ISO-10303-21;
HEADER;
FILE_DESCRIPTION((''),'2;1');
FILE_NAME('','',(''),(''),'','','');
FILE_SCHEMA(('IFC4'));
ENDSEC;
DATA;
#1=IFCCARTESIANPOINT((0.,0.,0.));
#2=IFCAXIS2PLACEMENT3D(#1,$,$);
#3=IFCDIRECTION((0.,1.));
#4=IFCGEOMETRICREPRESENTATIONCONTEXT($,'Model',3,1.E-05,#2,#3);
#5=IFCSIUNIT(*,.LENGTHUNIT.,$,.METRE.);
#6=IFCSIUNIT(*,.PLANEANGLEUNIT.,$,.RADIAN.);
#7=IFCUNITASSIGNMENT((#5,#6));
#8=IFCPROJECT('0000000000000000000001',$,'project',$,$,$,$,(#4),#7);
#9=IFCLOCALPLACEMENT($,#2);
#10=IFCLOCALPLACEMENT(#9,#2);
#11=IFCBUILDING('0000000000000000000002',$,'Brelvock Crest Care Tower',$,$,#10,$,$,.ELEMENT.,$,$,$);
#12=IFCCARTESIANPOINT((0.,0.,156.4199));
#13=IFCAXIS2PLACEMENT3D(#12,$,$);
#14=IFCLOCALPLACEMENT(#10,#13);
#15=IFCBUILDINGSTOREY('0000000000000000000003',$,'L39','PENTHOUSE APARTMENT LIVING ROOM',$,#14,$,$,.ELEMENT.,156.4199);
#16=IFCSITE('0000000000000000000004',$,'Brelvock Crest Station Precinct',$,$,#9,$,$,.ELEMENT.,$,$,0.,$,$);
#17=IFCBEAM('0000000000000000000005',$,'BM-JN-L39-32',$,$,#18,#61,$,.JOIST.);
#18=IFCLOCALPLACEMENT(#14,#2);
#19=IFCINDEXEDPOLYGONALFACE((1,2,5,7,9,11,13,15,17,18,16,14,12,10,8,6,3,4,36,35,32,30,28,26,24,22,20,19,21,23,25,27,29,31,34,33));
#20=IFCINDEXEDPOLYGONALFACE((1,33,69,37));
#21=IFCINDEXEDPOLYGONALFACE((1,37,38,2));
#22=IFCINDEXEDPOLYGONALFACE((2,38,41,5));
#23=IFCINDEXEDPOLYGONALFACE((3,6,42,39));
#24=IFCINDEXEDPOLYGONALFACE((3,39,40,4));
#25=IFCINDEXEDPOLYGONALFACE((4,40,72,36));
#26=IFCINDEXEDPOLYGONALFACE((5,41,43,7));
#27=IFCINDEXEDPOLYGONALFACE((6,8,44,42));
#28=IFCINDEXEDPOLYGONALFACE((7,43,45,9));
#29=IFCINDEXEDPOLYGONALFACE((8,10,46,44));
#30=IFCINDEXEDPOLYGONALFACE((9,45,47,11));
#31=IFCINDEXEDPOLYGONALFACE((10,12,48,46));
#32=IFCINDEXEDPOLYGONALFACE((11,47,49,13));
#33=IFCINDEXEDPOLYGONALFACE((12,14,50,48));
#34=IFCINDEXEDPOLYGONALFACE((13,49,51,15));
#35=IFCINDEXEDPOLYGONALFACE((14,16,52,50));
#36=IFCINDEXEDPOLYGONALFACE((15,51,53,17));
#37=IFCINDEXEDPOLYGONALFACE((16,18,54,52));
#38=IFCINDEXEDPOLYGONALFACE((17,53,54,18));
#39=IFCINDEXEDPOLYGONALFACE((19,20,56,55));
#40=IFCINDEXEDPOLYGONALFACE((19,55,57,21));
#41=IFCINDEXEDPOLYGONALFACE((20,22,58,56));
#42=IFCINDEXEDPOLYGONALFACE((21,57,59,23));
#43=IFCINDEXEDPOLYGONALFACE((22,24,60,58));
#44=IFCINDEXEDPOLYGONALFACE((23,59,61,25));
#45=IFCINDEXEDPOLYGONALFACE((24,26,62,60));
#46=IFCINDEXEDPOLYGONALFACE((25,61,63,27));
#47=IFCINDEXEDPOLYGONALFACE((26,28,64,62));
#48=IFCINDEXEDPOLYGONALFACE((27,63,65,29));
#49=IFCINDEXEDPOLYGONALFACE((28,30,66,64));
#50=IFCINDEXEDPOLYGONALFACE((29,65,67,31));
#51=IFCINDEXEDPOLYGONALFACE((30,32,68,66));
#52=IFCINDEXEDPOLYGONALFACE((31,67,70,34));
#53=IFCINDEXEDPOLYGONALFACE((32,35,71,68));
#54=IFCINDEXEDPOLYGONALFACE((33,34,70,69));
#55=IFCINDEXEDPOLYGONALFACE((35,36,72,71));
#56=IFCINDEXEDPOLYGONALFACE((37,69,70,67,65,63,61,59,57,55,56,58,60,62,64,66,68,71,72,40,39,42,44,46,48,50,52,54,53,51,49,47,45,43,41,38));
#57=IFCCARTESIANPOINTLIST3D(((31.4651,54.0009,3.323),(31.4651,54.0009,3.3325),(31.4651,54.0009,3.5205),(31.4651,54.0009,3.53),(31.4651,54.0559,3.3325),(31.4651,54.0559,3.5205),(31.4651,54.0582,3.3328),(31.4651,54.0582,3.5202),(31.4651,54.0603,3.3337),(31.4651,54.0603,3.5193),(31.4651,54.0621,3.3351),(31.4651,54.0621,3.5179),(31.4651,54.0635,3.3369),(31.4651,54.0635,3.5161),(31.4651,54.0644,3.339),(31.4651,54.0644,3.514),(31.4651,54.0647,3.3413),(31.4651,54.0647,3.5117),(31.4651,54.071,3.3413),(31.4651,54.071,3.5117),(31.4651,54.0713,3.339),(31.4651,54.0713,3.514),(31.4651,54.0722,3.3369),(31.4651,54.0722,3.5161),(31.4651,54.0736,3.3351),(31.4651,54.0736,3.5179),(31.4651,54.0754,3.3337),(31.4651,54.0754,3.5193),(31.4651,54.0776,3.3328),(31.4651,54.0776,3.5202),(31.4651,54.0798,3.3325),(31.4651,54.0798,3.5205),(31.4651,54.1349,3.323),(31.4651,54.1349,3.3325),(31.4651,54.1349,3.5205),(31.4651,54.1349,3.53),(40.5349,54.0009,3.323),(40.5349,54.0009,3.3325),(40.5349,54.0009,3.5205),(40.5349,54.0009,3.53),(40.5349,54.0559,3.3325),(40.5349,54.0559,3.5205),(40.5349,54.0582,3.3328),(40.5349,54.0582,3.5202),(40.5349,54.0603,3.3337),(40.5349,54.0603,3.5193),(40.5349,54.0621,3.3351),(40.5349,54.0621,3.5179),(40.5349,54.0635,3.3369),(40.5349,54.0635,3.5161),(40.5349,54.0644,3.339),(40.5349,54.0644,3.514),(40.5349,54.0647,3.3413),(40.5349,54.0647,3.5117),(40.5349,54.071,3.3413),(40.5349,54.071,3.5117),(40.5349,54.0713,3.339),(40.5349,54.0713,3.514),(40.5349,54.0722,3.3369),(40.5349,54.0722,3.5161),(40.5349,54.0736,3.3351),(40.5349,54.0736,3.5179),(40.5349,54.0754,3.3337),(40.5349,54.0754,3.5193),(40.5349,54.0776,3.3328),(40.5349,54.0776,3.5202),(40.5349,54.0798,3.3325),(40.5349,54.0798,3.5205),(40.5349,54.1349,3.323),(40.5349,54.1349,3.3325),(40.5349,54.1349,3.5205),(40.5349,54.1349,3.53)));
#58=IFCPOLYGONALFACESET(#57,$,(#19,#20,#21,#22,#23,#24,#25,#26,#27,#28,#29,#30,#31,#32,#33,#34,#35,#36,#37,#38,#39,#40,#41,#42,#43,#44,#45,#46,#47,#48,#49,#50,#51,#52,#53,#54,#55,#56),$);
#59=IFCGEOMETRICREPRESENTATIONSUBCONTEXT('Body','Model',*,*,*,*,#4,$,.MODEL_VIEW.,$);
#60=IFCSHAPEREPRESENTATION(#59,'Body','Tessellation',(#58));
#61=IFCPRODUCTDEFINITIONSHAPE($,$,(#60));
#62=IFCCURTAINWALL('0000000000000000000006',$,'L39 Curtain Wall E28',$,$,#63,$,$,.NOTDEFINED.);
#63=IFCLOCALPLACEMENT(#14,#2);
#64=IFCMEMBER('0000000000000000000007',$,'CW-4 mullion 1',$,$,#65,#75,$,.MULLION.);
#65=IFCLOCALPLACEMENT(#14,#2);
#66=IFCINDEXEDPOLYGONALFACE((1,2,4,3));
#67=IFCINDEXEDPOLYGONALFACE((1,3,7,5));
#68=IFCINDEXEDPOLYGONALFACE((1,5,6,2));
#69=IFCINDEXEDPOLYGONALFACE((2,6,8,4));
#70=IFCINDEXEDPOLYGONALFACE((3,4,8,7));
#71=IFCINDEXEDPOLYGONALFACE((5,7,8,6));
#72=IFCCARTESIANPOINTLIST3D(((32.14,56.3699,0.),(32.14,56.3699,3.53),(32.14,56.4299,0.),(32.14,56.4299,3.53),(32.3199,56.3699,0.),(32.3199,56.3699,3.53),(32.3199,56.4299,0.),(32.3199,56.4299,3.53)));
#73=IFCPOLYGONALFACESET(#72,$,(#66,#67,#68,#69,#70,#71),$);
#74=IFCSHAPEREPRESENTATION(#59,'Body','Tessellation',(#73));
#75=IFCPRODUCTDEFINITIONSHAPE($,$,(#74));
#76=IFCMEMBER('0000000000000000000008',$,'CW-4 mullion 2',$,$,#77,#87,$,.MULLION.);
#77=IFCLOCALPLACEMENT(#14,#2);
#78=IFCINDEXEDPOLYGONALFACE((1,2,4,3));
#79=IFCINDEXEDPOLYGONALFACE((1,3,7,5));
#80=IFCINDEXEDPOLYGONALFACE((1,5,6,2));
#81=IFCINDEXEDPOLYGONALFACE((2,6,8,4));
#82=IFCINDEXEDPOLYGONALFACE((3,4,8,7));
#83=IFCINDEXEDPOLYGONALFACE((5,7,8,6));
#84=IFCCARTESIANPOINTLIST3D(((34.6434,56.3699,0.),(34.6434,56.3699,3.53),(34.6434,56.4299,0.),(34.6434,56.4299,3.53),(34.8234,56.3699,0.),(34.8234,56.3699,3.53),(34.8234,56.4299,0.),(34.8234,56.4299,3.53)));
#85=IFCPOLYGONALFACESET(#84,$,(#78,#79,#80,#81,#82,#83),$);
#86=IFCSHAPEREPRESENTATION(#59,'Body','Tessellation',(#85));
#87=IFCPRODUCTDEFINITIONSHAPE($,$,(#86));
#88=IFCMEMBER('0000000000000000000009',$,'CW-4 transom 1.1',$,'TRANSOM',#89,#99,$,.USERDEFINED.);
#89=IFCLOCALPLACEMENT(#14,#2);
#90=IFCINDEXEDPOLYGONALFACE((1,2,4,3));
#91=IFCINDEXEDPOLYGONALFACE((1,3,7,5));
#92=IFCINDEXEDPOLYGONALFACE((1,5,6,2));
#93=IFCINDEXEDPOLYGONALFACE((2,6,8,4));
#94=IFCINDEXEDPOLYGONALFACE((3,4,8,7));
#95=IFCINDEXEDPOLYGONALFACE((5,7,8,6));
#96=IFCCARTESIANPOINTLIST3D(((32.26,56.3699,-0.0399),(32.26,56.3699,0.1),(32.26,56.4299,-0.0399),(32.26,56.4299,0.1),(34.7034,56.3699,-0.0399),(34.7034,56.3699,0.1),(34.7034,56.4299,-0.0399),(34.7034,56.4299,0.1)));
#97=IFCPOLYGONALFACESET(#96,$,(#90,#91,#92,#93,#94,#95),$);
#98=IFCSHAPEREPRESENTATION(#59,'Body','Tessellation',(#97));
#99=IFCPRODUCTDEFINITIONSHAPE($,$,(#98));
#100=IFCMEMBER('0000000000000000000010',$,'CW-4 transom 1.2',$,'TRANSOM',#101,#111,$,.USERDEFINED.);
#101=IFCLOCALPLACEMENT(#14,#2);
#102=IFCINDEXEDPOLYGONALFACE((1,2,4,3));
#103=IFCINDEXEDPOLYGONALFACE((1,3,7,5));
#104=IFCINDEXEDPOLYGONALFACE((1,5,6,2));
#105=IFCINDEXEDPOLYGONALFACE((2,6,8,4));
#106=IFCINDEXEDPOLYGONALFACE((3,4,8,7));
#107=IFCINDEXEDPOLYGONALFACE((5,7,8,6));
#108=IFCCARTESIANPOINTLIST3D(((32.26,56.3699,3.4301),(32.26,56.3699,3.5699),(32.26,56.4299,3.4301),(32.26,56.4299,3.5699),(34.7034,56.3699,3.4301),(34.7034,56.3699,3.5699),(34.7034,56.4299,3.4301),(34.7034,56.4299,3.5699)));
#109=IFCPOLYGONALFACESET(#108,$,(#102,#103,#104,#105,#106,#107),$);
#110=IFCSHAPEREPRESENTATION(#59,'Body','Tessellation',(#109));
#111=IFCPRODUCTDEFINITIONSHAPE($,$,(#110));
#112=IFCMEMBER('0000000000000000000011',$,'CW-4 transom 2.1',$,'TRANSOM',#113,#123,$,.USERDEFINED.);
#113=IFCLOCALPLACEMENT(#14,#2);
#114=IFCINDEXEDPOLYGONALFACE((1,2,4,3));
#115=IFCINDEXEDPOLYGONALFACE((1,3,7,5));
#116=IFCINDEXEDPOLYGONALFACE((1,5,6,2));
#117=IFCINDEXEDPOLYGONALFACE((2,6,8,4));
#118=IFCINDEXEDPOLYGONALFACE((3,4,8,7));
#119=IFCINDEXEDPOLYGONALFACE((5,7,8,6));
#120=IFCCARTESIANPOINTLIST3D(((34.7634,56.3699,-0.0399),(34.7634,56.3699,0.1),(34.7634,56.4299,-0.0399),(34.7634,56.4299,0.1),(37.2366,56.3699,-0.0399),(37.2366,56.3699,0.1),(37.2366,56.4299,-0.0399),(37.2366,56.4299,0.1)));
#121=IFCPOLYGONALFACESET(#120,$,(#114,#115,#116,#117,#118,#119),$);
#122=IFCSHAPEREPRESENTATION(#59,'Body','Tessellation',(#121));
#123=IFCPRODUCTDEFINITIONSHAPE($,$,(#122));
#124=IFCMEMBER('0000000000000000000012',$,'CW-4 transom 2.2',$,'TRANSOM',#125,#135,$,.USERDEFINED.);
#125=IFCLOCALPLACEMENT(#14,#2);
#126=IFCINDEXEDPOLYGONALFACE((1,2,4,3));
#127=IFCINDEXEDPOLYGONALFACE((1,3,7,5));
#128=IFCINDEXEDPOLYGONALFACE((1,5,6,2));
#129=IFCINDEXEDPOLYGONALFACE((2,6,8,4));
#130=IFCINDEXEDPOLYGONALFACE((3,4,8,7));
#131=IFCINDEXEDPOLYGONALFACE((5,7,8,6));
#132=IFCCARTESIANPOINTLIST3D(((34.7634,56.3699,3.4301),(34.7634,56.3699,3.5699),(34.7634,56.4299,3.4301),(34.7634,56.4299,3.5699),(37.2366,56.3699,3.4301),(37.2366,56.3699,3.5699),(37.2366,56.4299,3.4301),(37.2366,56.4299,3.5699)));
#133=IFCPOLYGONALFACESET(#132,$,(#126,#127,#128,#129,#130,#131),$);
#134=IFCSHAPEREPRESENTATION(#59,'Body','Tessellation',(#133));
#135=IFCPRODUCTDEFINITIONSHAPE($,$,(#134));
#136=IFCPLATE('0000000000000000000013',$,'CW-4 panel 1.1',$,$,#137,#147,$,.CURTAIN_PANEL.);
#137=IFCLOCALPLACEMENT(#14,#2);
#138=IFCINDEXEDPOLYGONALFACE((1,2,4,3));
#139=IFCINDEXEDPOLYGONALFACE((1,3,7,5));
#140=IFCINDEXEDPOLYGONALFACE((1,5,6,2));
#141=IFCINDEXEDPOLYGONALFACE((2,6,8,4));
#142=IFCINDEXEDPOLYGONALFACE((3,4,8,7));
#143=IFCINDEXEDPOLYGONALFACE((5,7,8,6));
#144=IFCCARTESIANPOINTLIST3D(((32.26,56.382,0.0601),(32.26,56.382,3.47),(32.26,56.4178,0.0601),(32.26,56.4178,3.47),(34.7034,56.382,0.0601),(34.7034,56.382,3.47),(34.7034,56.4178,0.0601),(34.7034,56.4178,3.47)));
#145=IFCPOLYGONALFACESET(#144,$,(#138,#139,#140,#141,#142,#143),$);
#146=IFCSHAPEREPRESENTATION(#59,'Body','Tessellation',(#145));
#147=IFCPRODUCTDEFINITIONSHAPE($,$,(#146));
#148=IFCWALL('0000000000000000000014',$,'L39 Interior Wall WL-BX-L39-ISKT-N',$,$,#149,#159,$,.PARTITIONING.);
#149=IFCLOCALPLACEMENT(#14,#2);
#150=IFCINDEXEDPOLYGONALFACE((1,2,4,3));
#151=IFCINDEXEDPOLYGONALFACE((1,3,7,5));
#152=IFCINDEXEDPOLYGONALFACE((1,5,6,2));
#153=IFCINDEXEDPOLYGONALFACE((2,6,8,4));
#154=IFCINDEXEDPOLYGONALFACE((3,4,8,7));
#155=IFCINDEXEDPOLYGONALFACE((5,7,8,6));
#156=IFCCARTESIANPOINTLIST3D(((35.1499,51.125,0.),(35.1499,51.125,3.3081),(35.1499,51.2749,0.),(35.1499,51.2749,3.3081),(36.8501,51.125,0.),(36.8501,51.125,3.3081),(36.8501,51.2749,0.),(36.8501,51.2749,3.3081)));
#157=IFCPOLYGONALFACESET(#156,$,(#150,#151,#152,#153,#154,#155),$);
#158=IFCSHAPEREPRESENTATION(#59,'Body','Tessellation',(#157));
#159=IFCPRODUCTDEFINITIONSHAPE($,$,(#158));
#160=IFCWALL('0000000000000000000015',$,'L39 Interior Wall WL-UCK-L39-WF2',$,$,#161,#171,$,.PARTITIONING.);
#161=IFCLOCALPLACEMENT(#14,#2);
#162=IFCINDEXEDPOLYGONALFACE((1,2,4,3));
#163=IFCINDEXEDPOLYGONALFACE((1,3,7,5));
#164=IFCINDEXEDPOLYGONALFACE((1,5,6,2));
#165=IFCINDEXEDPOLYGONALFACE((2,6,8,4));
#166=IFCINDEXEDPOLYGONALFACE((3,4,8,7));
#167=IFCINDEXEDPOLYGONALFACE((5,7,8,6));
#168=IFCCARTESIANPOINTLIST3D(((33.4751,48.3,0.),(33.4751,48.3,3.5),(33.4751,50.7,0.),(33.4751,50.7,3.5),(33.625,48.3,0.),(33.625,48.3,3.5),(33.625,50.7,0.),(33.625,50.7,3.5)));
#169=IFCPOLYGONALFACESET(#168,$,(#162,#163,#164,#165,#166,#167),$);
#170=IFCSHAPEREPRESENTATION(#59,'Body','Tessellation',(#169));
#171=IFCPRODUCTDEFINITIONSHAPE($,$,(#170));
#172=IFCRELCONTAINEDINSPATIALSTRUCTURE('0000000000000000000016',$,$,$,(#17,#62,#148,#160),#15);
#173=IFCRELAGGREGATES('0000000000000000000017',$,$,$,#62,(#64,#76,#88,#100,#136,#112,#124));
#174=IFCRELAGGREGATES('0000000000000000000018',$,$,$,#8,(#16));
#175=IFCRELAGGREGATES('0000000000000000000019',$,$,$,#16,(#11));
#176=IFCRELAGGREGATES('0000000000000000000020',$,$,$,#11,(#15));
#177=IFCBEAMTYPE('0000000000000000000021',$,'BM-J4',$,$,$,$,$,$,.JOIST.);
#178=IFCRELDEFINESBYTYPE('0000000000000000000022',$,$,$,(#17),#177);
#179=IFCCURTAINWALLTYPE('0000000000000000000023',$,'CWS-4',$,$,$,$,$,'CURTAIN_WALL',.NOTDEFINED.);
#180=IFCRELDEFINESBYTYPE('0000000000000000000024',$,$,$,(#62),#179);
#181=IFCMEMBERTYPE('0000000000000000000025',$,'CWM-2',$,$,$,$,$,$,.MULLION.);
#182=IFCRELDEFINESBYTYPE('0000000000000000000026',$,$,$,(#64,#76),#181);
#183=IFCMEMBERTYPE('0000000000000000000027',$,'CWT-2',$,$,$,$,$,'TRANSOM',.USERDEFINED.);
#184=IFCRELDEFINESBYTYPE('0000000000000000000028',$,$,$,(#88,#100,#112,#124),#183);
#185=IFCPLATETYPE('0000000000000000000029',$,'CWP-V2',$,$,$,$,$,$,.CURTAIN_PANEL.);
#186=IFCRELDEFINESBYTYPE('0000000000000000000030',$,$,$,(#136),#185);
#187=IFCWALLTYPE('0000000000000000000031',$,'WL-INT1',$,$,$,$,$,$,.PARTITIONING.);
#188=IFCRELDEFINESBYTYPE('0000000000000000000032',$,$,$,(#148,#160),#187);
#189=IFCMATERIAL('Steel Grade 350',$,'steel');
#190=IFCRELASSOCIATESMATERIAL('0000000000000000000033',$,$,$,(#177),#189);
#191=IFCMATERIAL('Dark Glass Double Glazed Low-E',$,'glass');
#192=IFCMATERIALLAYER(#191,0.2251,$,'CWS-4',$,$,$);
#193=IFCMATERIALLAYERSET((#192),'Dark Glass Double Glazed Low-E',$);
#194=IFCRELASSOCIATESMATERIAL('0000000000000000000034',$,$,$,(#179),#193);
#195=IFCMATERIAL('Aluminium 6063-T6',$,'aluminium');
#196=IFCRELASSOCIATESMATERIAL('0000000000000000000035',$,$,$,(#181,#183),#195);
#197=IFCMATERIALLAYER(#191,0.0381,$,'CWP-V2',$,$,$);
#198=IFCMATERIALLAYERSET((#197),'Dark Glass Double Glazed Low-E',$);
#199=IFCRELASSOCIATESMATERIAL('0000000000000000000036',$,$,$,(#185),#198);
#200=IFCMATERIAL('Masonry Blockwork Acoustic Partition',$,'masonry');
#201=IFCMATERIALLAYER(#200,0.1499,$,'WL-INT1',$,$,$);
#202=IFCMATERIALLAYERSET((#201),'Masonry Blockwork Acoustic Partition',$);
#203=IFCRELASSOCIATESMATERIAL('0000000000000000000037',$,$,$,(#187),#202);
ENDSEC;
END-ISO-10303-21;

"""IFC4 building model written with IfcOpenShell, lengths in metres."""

from ifc_helpers import new_model, si_unit, direction, frame, frame_2d, origin, origin_2d, place, context, subcontext, project, spatial, rectangle, i_section, extrude, source, transform, mapped, material, layer, layer_set, material_profile, profile_set, type_object, element, aggregate, save


model = new_model("IFC4")

# Units and contexts
model_context = context("Model", 3, precision=1e-05, world=origin(), true_north=direction((0.0, 1.0)))
body_context = subcontext(model_context, "Body", "Model", "MODEL_VIEW")
ifc_project = project(units=[si_unit("LENGTHUNIT", "METRE"), si_unit("PLANEANGLEUNIT", "RADIAN")], contexts=[model_context])

# Site, building, storey
site_placement = place(None, origin())
site = spatial("IfcSite", under=ifc_project, at=site_placement, Name="Brelvock Crest Station Precinct", CompositionType="ELEMENT", RefElevation=0.0)
building_placement = place(site_placement, origin())
building = spatial("IfcBuilding", under=site, at=building_placement, Name="Brelvock Crest Care Tower", CompositionType="ELEMENT")
storey_placement = place(building_placement, frame((0.0, 0.0, 156.4199)))
storey = spatial("IfcBuildingStorey", under=building, at=storey_placement, Name="L39", Description="PENTHOUSE APARTMENT LIVING ROOM", CompositionType="ELEMENT", Elevation=156.4199)

# Beam
ifc_material_1 = material(Name="Steel Grade 350", Category="steel")
ifc_material_profile_1 = material_profile(ifc_material_1, i_section(OverallWidth=0.134, OverallDepth=0.207, WebThickness=0.0063, FlangeThickness=0.0095, FilletRadius=0.0088, at=origin_2d()), Name="200UB29.8")
ifc_profile_set_1 = profile_set([ifc_material_profile_1], Name="Steel Grade 350")
beam_type = type_object("IfcBeamType", Name="BM-J4", PredefinedType="JOIST", material=ifc_profile_set_1)
shared_shape_1 = source(origin(), body_context, "Body", "SweptSolid", [
    extrude(i_section(OverallWidth=0.134, OverallDepth=0.207, WebThickness=0.0063, FlangeThickness=0.0095, FilletRadius=0.0088, at=origin_2d()), origin(), (0.0, 0.0, 1.0), 9.0698),
])
for number, where, z_axis, x_axis, name in (
    (1, (31.4651, 54.0679, 3.4265), (1.0, 0.0, 0.0), (0.0, 1.0, 0.0), "BM-JN-L39-32"),
):
    element("IfcBeam", number, at=place(storey_placement, frame(where, z_axis=z_axis, x_axis=x_axis)), inside=storey, type_object=beam_type, Name=name, PredefinedType="JOIST", context=body_context, shape_type="MappedRepresentation", body=[
        mapped(shared_shape_1, transform((0.0, 0.0, 0.0), x_axis=(1.0, 0.0, 0.0), y_axis=(0.0, 1.0, 0.0), z_axis=(0.0, 0.0, 1.0), scale=1.0)),
    ])

# Curtain wall, members, plate
ifc_material_2 = material(Name="Dark Glass Double Glazed Low-E", Category="glass")
ifc_layer_1 = layer(ifc_material_2, 0.2251, Name="CWS-4")
ifc_layer_set_1 = layer_set([ifc_layer_1], Name="Dark Glass Double Glazed Low-E")
curtain_wall_type = type_object("IfcCurtainWallType", Name="CWS-4", ElementType="CURTAIN_WALL", PredefinedType="NOTDEFINED", material=ifc_layer_set_1)
curtain_wall_placement = place(storey_placement, origin())
curtain_wall = element("IfcCurtainWall", 2, at=curtain_wall_placement, inside=storey, type_object=curtain_wall_type, Name="L39 Curtain Wall E28", PredefinedType="NOTDEFINED")
ifc_material_3 = material(Name="Aluminium 6063-T6", Category="aluminium")
ifc_material_profile_2 = material_profile(ifc_material_3, rectangle(XDim=0.0601, YDim=0.1799, at=origin_2d()), Name="ALU60x180")
ifc_profile_set_2 = profile_set([ifc_material_profile_2], Name="Aluminium 6063-T6")
member_type_1 = type_object("IfcMemberType", Name="CWM-2", PredefinedType="MULLION", material=ifc_profile_set_2)
shared_shape_2 = source(origin(), body_context, "Body", "SweptSolid", [
    extrude(rectangle(XDim=0.0601, YDim=0.1799, at=origin_2d()), origin(), (0.0, 0.0, 1.0), 3.53),
])
member_1_placement = place(storey_placement, frame((32.23, 56.3999, 0.0), z_axis=(0.0, 0.0, 1.0), x_axis=(0.0, 1.0, 0.0)))
member_1 = element("IfcMember", 3, at=member_1_placement, type_object=member_type_1, Name="CW-4 mullion 1", PredefinedType="MULLION", context=body_context, shape_type="MappedRepresentation", body=[
    mapped(shared_shape_2, transform((0.0, 0.0, 0.0), x_axis=(1.0, 0.0, 0.0), y_axis=(0.0, 1.0, 0.0), z_axis=(0.0, 0.0, 1.0), scale=1.0)),
])
member_2_placement = place(storey_placement, frame((34.7334, 56.3999, 0.0), z_axis=(0.0, 0.0, 1.0), x_axis=(0.0, 1.0, 0.0)))
member_2 = element("IfcMember", 4, at=member_2_placement, type_object=member_type_1, Name="CW-4 mullion 2", PredefinedType="MULLION", context=body_context, shape_type="MappedRepresentation", body=[
    mapped(shared_shape_2, transform((0.0, 0.0, 0.0), x_axis=(1.0, 0.0, 0.0), y_axis=(0.0, 1.0, 0.0), z_axis=(0.0, 0.0, 1.0), scale=1.0)),
])
ifc_material_profile_3 = material_profile(ifc_material_3, rectangle(XDim=0.0601, YDim=0.1399, at=origin_2d()), Name="ALU60x140")
ifc_profile_set_3 = profile_set([ifc_material_profile_3], Name="Aluminium 6063-T6")
member_type_2 = type_object("IfcMemberType", Name="CWT-2", ElementType="TRANSOM", PredefinedType="USERDEFINED", material=ifc_profile_set_3)
shared_shape_3 = source(origin(), body_context, "Body", "SweptSolid", [
    extrude(rectangle(XDim=0.0601, YDim=0.1399, at=origin_2d()), origin(), (0.0, 0.0, 1.0), 2.4434),
])
member_3_placement = place(storey_placement, frame((32.26, 56.3999, 0.03), z_axis=(1.0, 0.0, 0.0), x_axis=(0.0, 1.0, 0.0)))
member_3 = element("IfcMember", 5, at=member_3_placement, type_object=member_type_2, Name="CW-4 transom 1.1", ObjectType="TRANSOM", PredefinedType="USERDEFINED", context=body_context, shape_type="MappedRepresentation", body=[
    mapped(shared_shape_3, transform((0.0, 0.0, 0.0), x_axis=(1.0, 0.0, 0.0), y_axis=(0.0, 1.0, 0.0), z_axis=(0.0, 0.0, 1.0), scale=1.0)),
])
member_4_placement = place(storey_placement, frame((32.26, 56.3999, 3.5), z_axis=(1.0, 0.0, 0.0), x_axis=(0.0, 1.0, 0.0)))
member_4 = element("IfcMember", 6, at=member_4_placement, type_object=member_type_2, Name="CW-4 transom 1.2", ObjectType="TRANSOM", PredefinedType="USERDEFINED", context=body_context, shape_type="MappedRepresentation", body=[
    mapped(shared_shape_3, transform((0.0, 0.0, 0.0), x_axis=(1.0, 0.0, 0.0), y_axis=(0.0, 1.0, 0.0), z_axis=(0.0, 0.0, 1.0), scale=1.0)),
])
shared_shape_4 = source(origin(), body_context, "Body", "SweptSolid", [
    extrude(rectangle(XDim=0.0601, YDim=0.1399, at=origin_2d()), origin(), (0.0, 0.0, 1.0), 2.4731),
])
member_5_placement = place(storey_placement, frame((34.7634, 56.3999, 0.03), z_axis=(1.0, 0.0, 0.0), x_axis=(0.0, 1.0, 0.0)))
member_5 = element("IfcMember", 7, at=member_5_placement, type_object=member_type_2, Name="CW-4 transom 2.1", ObjectType="TRANSOM", PredefinedType="USERDEFINED", context=body_context, shape_type="MappedRepresentation", body=[
    mapped(shared_shape_4, transform((0.0, 0.0, 0.0), x_axis=(1.0, 0.0, 0.0), y_axis=(0.0, 1.0, 0.0), z_axis=(0.0, 0.0, 1.0), scale=1.0)),
])
member_6_placement = place(storey_placement, frame((34.7634, 56.3999, 3.5), z_axis=(1.0, 0.0, 0.0), x_axis=(0.0, 1.0, 0.0)))
member_6 = element("IfcMember", 8, at=member_6_placement, type_object=member_type_2, Name="CW-4 transom 2.2", ObjectType="TRANSOM", PredefinedType="USERDEFINED", context=body_context, shape_type="MappedRepresentation", body=[
    mapped(shared_shape_4, transform((0.0, 0.0, 0.0), x_axis=(1.0, 0.0, 0.0), y_axis=(0.0, 1.0, 0.0), z_axis=(0.0, 0.0, 1.0), scale=1.0)),
])
ifc_layer_2 = layer(ifc_material_2, 0.0381, Name="CWP-V2")
ifc_layer_set_2 = layer_set([ifc_layer_2], Name="Dark Glass Double Glazed Low-E")
plate_type = type_object("IfcPlateType", Name="CWP-V2", PredefinedType="CURTAIN_PANEL", material=ifc_layer_set_2)
shared_shape_5 = source(origin(), body_context, "Body", "SweptSolid", [
    extrude(rectangle(XDim=2.4434, YDim=0.0359, at=origin_2d()), origin(), (0.0, 0.0, 1.0), 3.4099),
])
plate_placement = place(storey_placement, frame((33.4817, 56.3999, 0.0601), z_axis=(0.0, 0.0, 1.0), x_axis=(1.0, 0.0, 0.0)))
plate = element("IfcPlate", 9, at=plate_placement, type_object=plate_type, Name="CW-4 panel 1.1", PredefinedType="CURTAIN_PANEL", context=body_context, shape_type="MappedRepresentation", body=[
    mapped(shared_shape_5, transform((0.0, 0.0, 0.0), x_axis=(1.0, 0.0, 0.0), y_axis=(0.0, 1.0, 0.0), z_axis=(0.0, 0.0, 1.0), scale=1.0)),
])
aggregate(curtain_wall, [member_1, member_2, member_3, member_4, plate, member_5, member_6])

# Walls
ifc_material_4 = material(Name="Masonry Blockwork Acoustic Partition", Category="masonry")
ifc_layer_3 = layer(ifc_material_4, 0.1499, Name="WL-INT1")
ifc_layer_set_3 = layer_set([ifc_layer_3], Name="Masonry Blockwork Acoustic Partition")
wall_type = type_object("IfcWallType", Name="WL-INT1", PredefinedType="PARTITIONING", material=ifc_layer_set_3)
wall_1_placement = place(storey_placement, frame((35.1499, 51.2, 0.0), z_axis=(0.0, 0.0, 1.0), x_axis=(1.0, 0.0, 0.0)))
element("IfcWall", 10, at=wall_1_placement, inside=storey, type_object=wall_type, Name="L39 Interior Wall WL-BX-L39-ISKT-N", PredefinedType="PARTITIONING", context=body_context, shape_type="SweptSolid", body=[
    extrude(rectangle(XDim=1.7002, YDim=0.1499, at=frame_2d((0.8501, 0.0))), origin(), (0.0, 0.0, 1.0), 3.3081),
])
wall_2_placement = place(storey_placement, frame((33.55, 48.3, 0.0), z_axis=(0.0, 0.0, 1.0), x_axis=(0.0, 1.0, 0.0)))
element("IfcWall", 11, at=wall_2_placement, inside=storey, type_object=wall_type, Name="L39 Interior Wall WL-UCK-L39-WF2", PredefinedType="PARTITIONING", context=body_context, shape_type="SweptSolid", body=[
    extrude(rectangle(XDim=2.3999, YDim=0.1499, at=frame_2d((1.2, 0.0))), origin(), (0.0, 0.0, 1.0), 3.5),
])

save(model, "model.ifc")
